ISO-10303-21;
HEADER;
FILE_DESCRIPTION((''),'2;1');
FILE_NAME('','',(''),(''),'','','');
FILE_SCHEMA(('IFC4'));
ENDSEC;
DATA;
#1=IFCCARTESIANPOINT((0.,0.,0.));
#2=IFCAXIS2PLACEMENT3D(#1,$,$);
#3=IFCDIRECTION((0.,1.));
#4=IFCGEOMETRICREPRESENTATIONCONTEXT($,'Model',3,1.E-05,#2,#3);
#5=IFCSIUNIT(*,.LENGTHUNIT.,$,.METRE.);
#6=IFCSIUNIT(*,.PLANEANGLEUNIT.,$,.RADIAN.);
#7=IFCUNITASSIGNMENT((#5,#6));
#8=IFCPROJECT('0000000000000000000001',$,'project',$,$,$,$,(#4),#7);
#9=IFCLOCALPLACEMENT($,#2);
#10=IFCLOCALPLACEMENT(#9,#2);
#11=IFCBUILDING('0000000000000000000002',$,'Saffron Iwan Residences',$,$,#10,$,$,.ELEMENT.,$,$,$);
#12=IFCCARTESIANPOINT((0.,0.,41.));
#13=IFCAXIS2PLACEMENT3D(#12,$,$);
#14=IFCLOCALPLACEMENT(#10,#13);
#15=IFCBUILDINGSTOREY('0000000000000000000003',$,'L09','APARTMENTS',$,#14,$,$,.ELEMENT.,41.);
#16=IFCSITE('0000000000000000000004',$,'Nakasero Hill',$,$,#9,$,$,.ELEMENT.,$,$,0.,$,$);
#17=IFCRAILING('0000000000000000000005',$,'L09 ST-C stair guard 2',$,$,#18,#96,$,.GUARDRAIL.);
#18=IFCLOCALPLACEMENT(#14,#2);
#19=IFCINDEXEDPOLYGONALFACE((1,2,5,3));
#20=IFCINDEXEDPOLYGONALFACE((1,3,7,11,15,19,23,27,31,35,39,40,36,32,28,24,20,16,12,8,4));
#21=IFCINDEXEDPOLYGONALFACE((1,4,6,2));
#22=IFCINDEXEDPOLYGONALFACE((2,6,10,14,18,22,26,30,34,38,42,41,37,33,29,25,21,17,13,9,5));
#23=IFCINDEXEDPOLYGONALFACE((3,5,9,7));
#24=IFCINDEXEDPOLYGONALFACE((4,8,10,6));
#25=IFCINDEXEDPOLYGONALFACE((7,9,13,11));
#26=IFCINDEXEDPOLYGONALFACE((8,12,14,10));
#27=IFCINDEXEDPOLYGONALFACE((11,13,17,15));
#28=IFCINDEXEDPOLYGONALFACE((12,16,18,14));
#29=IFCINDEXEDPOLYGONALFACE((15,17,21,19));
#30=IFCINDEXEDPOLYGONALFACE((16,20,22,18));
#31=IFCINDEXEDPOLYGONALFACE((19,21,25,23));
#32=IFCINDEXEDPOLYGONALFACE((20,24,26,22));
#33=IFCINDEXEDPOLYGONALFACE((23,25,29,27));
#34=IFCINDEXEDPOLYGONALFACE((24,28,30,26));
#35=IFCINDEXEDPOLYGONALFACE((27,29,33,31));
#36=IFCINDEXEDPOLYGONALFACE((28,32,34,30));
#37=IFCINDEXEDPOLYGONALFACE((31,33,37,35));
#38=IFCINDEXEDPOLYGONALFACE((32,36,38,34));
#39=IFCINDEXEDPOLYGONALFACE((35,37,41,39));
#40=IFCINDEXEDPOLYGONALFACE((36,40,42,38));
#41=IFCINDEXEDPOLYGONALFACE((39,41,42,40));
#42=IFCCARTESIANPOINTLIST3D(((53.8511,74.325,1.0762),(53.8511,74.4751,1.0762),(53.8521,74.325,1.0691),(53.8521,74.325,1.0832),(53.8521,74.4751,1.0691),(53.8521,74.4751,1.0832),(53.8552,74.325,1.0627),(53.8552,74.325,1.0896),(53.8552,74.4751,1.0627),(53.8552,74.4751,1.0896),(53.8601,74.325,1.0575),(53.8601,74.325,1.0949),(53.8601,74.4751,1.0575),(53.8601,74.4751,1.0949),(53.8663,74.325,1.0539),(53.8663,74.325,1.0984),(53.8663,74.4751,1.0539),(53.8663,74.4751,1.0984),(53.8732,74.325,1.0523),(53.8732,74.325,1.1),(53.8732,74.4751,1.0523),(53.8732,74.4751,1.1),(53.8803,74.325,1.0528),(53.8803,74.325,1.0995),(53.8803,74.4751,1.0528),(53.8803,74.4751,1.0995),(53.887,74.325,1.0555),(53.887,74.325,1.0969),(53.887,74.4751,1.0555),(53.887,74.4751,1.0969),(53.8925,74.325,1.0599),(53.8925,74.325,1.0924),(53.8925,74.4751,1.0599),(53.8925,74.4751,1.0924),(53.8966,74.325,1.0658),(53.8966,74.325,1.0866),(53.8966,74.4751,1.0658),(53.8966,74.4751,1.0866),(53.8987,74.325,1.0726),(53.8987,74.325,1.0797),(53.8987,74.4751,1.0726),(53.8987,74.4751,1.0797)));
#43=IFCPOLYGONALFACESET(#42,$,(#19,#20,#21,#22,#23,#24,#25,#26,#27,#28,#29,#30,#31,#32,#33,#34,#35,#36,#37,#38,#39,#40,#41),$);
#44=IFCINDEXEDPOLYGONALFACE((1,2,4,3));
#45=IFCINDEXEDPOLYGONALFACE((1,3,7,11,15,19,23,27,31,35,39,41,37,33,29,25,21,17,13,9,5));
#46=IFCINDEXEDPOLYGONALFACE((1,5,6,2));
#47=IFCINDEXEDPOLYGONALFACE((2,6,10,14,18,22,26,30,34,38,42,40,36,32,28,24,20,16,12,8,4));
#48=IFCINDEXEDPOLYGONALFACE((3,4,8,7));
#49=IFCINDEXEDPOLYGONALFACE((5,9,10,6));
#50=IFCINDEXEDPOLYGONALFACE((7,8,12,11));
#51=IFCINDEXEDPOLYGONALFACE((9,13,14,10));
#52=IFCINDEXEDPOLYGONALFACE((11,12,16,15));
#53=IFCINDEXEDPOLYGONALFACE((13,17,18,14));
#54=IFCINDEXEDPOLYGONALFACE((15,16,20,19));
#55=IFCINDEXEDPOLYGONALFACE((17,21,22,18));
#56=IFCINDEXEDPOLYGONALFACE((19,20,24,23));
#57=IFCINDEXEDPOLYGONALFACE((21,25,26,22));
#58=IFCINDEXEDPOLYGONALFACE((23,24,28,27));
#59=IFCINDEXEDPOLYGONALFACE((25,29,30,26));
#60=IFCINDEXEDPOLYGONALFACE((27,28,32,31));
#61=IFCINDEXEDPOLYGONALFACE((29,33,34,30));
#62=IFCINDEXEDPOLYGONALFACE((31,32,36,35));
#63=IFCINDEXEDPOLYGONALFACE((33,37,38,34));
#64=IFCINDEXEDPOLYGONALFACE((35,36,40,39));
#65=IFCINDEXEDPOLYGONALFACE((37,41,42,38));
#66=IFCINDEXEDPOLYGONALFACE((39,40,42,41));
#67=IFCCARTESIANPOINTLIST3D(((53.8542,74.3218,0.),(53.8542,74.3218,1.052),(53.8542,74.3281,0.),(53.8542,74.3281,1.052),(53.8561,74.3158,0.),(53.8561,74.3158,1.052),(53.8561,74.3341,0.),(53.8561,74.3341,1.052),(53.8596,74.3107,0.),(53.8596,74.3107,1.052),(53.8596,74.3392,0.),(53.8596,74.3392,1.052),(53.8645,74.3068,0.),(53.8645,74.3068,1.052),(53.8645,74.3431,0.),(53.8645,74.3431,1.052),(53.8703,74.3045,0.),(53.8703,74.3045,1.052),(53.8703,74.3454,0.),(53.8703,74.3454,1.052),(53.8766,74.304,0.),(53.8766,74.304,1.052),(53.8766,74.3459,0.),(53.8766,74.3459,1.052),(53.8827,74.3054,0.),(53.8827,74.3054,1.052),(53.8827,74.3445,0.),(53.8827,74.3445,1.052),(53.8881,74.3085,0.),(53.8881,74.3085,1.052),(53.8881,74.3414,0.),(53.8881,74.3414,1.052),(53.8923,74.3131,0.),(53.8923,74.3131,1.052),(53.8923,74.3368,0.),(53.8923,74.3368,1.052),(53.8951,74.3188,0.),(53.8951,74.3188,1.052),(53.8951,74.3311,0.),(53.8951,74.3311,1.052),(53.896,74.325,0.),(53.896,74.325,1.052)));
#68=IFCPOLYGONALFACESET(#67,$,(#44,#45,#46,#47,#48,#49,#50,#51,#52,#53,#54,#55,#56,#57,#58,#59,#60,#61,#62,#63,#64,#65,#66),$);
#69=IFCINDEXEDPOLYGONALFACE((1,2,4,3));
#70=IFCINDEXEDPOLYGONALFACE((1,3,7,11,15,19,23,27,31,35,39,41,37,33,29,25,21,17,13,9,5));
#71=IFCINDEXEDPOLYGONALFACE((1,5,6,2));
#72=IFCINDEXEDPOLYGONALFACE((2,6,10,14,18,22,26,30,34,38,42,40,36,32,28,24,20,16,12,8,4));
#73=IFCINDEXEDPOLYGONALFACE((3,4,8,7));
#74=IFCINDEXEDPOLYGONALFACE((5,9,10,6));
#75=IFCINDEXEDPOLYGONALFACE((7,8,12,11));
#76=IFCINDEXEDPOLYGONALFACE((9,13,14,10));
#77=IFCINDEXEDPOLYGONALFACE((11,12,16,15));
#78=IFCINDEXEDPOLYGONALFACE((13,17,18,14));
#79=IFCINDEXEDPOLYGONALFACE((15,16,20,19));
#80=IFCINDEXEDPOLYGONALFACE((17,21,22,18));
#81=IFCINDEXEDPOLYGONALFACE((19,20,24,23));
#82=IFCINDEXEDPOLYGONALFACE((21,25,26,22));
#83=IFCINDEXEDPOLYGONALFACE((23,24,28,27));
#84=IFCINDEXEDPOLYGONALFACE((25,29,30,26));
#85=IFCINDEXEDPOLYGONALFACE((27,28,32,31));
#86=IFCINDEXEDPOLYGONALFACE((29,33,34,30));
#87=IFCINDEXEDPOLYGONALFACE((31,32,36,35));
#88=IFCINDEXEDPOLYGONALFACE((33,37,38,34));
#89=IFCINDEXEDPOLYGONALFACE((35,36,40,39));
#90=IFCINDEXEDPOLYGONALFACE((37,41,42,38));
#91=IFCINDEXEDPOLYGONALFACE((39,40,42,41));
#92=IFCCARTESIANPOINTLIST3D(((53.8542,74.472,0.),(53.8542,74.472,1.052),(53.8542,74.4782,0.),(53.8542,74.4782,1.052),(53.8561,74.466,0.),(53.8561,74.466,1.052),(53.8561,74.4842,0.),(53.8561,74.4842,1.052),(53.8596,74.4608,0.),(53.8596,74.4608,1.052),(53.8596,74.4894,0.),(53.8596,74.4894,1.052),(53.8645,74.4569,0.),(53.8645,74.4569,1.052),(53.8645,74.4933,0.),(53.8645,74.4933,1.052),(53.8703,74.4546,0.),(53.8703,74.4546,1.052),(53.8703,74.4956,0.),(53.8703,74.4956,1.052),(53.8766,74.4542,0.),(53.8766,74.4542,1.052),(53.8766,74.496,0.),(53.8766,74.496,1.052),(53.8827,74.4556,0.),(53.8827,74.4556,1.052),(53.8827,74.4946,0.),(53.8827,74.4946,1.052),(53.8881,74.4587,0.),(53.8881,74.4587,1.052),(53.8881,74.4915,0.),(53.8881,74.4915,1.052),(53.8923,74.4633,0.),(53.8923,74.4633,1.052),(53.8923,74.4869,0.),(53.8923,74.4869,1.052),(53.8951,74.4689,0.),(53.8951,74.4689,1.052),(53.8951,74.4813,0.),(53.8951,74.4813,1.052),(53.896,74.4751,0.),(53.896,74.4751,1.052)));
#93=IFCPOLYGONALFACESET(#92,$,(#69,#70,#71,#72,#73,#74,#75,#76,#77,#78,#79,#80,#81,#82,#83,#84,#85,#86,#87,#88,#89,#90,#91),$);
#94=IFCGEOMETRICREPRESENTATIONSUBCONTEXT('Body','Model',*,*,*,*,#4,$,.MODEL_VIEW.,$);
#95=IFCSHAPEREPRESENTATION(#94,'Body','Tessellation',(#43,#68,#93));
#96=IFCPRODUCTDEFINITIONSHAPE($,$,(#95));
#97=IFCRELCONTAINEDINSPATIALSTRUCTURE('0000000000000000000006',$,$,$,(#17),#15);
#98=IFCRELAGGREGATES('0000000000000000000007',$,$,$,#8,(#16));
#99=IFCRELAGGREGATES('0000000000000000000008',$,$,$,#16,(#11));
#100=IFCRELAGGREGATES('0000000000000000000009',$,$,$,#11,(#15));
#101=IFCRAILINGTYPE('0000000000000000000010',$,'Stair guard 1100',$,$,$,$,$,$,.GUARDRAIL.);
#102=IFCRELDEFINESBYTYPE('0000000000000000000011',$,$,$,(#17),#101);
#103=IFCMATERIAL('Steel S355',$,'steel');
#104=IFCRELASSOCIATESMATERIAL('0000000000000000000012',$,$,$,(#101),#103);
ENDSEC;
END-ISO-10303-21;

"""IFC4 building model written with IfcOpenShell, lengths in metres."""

from ifc_helpers import new_model, si_unit, direction, frame, origin, origin_2d, place, context, subcontext, project, spatial, circle, extrude, material, type_object, element, save


model = new_model("IFC4")

# Units and contexts
model_context = context("Model", 3, precision=1e-05, world=origin(), true_north=direction((0.0, 1.0)))
body_context = subcontext(model_context, "Body", "Model", "MODEL_VIEW")
ifc_project = project(units=[si_unit("LENGTHUNIT", "METRE"), si_unit("PLANEANGLEUNIT", "RADIAN")], contexts=[model_context])

# Site, building, storey
site_placement = place(None, origin())
site = spatial("IfcSite", under=ifc_project, at=site_placement, Name="Nakasero Hill", CompositionType="ELEMENT", RefElevation=0.0)
building_placement = place(site_placement, origin())
building = spatial("IfcBuilding", under=site, at=building_placement, Name="Saffron Iwan Residences", CompositionType="ELEMENT")
storey_placement = place(building_placement, frame((0.0, 0.0, 41.0)))
storey = spatial("IfcBuildingStorey", under=building, at=storey_placement, Name="L09", Description="APARTMENTS", CompositionType="ELEMENT", Elevation=41.0)

# Railing
ifc_material_1 = material(Name="Steel S355", Category="steel")
railing_type_1 = type_object("IfcRailingType", Name="Stair guard 1100", PredefinedType="GUARDRAIL", material=ifc_material_1)
railing_1_placement = place(storey_placement, frame((53.875, 74.325, 0.0)))
element("IfcRailing", 1, at=railing_1_placement, inside=storey, type_object=railing_type_1, Name="L09 ST-C stair guard 2", PredefinedType="GUARDRAIL", context=body_context, shape_type="SweptSolid", body=[
    extrude(circle(Radius=0.0239, at=origin_2d()), frame((0.0, 0.0, 1.0762), z_axis=(0.0, 1.0, 0.0), x_axis=(-1.0, 0.0, 0.0)), (0.0, 0.0, 1.0), 0.1501),
    extrude(circle(Radius=0.021, at=origin_2d()), origin(), (0.0, 0.0, 1.0), 1.052),
    extrude(circle(Radius=0.021, at=origin_2d()), frame((0.0, 0.1501, 0.0)), (0.0, 0.0, 1.0), 1.052),
])

save(model, "model.ifc")
